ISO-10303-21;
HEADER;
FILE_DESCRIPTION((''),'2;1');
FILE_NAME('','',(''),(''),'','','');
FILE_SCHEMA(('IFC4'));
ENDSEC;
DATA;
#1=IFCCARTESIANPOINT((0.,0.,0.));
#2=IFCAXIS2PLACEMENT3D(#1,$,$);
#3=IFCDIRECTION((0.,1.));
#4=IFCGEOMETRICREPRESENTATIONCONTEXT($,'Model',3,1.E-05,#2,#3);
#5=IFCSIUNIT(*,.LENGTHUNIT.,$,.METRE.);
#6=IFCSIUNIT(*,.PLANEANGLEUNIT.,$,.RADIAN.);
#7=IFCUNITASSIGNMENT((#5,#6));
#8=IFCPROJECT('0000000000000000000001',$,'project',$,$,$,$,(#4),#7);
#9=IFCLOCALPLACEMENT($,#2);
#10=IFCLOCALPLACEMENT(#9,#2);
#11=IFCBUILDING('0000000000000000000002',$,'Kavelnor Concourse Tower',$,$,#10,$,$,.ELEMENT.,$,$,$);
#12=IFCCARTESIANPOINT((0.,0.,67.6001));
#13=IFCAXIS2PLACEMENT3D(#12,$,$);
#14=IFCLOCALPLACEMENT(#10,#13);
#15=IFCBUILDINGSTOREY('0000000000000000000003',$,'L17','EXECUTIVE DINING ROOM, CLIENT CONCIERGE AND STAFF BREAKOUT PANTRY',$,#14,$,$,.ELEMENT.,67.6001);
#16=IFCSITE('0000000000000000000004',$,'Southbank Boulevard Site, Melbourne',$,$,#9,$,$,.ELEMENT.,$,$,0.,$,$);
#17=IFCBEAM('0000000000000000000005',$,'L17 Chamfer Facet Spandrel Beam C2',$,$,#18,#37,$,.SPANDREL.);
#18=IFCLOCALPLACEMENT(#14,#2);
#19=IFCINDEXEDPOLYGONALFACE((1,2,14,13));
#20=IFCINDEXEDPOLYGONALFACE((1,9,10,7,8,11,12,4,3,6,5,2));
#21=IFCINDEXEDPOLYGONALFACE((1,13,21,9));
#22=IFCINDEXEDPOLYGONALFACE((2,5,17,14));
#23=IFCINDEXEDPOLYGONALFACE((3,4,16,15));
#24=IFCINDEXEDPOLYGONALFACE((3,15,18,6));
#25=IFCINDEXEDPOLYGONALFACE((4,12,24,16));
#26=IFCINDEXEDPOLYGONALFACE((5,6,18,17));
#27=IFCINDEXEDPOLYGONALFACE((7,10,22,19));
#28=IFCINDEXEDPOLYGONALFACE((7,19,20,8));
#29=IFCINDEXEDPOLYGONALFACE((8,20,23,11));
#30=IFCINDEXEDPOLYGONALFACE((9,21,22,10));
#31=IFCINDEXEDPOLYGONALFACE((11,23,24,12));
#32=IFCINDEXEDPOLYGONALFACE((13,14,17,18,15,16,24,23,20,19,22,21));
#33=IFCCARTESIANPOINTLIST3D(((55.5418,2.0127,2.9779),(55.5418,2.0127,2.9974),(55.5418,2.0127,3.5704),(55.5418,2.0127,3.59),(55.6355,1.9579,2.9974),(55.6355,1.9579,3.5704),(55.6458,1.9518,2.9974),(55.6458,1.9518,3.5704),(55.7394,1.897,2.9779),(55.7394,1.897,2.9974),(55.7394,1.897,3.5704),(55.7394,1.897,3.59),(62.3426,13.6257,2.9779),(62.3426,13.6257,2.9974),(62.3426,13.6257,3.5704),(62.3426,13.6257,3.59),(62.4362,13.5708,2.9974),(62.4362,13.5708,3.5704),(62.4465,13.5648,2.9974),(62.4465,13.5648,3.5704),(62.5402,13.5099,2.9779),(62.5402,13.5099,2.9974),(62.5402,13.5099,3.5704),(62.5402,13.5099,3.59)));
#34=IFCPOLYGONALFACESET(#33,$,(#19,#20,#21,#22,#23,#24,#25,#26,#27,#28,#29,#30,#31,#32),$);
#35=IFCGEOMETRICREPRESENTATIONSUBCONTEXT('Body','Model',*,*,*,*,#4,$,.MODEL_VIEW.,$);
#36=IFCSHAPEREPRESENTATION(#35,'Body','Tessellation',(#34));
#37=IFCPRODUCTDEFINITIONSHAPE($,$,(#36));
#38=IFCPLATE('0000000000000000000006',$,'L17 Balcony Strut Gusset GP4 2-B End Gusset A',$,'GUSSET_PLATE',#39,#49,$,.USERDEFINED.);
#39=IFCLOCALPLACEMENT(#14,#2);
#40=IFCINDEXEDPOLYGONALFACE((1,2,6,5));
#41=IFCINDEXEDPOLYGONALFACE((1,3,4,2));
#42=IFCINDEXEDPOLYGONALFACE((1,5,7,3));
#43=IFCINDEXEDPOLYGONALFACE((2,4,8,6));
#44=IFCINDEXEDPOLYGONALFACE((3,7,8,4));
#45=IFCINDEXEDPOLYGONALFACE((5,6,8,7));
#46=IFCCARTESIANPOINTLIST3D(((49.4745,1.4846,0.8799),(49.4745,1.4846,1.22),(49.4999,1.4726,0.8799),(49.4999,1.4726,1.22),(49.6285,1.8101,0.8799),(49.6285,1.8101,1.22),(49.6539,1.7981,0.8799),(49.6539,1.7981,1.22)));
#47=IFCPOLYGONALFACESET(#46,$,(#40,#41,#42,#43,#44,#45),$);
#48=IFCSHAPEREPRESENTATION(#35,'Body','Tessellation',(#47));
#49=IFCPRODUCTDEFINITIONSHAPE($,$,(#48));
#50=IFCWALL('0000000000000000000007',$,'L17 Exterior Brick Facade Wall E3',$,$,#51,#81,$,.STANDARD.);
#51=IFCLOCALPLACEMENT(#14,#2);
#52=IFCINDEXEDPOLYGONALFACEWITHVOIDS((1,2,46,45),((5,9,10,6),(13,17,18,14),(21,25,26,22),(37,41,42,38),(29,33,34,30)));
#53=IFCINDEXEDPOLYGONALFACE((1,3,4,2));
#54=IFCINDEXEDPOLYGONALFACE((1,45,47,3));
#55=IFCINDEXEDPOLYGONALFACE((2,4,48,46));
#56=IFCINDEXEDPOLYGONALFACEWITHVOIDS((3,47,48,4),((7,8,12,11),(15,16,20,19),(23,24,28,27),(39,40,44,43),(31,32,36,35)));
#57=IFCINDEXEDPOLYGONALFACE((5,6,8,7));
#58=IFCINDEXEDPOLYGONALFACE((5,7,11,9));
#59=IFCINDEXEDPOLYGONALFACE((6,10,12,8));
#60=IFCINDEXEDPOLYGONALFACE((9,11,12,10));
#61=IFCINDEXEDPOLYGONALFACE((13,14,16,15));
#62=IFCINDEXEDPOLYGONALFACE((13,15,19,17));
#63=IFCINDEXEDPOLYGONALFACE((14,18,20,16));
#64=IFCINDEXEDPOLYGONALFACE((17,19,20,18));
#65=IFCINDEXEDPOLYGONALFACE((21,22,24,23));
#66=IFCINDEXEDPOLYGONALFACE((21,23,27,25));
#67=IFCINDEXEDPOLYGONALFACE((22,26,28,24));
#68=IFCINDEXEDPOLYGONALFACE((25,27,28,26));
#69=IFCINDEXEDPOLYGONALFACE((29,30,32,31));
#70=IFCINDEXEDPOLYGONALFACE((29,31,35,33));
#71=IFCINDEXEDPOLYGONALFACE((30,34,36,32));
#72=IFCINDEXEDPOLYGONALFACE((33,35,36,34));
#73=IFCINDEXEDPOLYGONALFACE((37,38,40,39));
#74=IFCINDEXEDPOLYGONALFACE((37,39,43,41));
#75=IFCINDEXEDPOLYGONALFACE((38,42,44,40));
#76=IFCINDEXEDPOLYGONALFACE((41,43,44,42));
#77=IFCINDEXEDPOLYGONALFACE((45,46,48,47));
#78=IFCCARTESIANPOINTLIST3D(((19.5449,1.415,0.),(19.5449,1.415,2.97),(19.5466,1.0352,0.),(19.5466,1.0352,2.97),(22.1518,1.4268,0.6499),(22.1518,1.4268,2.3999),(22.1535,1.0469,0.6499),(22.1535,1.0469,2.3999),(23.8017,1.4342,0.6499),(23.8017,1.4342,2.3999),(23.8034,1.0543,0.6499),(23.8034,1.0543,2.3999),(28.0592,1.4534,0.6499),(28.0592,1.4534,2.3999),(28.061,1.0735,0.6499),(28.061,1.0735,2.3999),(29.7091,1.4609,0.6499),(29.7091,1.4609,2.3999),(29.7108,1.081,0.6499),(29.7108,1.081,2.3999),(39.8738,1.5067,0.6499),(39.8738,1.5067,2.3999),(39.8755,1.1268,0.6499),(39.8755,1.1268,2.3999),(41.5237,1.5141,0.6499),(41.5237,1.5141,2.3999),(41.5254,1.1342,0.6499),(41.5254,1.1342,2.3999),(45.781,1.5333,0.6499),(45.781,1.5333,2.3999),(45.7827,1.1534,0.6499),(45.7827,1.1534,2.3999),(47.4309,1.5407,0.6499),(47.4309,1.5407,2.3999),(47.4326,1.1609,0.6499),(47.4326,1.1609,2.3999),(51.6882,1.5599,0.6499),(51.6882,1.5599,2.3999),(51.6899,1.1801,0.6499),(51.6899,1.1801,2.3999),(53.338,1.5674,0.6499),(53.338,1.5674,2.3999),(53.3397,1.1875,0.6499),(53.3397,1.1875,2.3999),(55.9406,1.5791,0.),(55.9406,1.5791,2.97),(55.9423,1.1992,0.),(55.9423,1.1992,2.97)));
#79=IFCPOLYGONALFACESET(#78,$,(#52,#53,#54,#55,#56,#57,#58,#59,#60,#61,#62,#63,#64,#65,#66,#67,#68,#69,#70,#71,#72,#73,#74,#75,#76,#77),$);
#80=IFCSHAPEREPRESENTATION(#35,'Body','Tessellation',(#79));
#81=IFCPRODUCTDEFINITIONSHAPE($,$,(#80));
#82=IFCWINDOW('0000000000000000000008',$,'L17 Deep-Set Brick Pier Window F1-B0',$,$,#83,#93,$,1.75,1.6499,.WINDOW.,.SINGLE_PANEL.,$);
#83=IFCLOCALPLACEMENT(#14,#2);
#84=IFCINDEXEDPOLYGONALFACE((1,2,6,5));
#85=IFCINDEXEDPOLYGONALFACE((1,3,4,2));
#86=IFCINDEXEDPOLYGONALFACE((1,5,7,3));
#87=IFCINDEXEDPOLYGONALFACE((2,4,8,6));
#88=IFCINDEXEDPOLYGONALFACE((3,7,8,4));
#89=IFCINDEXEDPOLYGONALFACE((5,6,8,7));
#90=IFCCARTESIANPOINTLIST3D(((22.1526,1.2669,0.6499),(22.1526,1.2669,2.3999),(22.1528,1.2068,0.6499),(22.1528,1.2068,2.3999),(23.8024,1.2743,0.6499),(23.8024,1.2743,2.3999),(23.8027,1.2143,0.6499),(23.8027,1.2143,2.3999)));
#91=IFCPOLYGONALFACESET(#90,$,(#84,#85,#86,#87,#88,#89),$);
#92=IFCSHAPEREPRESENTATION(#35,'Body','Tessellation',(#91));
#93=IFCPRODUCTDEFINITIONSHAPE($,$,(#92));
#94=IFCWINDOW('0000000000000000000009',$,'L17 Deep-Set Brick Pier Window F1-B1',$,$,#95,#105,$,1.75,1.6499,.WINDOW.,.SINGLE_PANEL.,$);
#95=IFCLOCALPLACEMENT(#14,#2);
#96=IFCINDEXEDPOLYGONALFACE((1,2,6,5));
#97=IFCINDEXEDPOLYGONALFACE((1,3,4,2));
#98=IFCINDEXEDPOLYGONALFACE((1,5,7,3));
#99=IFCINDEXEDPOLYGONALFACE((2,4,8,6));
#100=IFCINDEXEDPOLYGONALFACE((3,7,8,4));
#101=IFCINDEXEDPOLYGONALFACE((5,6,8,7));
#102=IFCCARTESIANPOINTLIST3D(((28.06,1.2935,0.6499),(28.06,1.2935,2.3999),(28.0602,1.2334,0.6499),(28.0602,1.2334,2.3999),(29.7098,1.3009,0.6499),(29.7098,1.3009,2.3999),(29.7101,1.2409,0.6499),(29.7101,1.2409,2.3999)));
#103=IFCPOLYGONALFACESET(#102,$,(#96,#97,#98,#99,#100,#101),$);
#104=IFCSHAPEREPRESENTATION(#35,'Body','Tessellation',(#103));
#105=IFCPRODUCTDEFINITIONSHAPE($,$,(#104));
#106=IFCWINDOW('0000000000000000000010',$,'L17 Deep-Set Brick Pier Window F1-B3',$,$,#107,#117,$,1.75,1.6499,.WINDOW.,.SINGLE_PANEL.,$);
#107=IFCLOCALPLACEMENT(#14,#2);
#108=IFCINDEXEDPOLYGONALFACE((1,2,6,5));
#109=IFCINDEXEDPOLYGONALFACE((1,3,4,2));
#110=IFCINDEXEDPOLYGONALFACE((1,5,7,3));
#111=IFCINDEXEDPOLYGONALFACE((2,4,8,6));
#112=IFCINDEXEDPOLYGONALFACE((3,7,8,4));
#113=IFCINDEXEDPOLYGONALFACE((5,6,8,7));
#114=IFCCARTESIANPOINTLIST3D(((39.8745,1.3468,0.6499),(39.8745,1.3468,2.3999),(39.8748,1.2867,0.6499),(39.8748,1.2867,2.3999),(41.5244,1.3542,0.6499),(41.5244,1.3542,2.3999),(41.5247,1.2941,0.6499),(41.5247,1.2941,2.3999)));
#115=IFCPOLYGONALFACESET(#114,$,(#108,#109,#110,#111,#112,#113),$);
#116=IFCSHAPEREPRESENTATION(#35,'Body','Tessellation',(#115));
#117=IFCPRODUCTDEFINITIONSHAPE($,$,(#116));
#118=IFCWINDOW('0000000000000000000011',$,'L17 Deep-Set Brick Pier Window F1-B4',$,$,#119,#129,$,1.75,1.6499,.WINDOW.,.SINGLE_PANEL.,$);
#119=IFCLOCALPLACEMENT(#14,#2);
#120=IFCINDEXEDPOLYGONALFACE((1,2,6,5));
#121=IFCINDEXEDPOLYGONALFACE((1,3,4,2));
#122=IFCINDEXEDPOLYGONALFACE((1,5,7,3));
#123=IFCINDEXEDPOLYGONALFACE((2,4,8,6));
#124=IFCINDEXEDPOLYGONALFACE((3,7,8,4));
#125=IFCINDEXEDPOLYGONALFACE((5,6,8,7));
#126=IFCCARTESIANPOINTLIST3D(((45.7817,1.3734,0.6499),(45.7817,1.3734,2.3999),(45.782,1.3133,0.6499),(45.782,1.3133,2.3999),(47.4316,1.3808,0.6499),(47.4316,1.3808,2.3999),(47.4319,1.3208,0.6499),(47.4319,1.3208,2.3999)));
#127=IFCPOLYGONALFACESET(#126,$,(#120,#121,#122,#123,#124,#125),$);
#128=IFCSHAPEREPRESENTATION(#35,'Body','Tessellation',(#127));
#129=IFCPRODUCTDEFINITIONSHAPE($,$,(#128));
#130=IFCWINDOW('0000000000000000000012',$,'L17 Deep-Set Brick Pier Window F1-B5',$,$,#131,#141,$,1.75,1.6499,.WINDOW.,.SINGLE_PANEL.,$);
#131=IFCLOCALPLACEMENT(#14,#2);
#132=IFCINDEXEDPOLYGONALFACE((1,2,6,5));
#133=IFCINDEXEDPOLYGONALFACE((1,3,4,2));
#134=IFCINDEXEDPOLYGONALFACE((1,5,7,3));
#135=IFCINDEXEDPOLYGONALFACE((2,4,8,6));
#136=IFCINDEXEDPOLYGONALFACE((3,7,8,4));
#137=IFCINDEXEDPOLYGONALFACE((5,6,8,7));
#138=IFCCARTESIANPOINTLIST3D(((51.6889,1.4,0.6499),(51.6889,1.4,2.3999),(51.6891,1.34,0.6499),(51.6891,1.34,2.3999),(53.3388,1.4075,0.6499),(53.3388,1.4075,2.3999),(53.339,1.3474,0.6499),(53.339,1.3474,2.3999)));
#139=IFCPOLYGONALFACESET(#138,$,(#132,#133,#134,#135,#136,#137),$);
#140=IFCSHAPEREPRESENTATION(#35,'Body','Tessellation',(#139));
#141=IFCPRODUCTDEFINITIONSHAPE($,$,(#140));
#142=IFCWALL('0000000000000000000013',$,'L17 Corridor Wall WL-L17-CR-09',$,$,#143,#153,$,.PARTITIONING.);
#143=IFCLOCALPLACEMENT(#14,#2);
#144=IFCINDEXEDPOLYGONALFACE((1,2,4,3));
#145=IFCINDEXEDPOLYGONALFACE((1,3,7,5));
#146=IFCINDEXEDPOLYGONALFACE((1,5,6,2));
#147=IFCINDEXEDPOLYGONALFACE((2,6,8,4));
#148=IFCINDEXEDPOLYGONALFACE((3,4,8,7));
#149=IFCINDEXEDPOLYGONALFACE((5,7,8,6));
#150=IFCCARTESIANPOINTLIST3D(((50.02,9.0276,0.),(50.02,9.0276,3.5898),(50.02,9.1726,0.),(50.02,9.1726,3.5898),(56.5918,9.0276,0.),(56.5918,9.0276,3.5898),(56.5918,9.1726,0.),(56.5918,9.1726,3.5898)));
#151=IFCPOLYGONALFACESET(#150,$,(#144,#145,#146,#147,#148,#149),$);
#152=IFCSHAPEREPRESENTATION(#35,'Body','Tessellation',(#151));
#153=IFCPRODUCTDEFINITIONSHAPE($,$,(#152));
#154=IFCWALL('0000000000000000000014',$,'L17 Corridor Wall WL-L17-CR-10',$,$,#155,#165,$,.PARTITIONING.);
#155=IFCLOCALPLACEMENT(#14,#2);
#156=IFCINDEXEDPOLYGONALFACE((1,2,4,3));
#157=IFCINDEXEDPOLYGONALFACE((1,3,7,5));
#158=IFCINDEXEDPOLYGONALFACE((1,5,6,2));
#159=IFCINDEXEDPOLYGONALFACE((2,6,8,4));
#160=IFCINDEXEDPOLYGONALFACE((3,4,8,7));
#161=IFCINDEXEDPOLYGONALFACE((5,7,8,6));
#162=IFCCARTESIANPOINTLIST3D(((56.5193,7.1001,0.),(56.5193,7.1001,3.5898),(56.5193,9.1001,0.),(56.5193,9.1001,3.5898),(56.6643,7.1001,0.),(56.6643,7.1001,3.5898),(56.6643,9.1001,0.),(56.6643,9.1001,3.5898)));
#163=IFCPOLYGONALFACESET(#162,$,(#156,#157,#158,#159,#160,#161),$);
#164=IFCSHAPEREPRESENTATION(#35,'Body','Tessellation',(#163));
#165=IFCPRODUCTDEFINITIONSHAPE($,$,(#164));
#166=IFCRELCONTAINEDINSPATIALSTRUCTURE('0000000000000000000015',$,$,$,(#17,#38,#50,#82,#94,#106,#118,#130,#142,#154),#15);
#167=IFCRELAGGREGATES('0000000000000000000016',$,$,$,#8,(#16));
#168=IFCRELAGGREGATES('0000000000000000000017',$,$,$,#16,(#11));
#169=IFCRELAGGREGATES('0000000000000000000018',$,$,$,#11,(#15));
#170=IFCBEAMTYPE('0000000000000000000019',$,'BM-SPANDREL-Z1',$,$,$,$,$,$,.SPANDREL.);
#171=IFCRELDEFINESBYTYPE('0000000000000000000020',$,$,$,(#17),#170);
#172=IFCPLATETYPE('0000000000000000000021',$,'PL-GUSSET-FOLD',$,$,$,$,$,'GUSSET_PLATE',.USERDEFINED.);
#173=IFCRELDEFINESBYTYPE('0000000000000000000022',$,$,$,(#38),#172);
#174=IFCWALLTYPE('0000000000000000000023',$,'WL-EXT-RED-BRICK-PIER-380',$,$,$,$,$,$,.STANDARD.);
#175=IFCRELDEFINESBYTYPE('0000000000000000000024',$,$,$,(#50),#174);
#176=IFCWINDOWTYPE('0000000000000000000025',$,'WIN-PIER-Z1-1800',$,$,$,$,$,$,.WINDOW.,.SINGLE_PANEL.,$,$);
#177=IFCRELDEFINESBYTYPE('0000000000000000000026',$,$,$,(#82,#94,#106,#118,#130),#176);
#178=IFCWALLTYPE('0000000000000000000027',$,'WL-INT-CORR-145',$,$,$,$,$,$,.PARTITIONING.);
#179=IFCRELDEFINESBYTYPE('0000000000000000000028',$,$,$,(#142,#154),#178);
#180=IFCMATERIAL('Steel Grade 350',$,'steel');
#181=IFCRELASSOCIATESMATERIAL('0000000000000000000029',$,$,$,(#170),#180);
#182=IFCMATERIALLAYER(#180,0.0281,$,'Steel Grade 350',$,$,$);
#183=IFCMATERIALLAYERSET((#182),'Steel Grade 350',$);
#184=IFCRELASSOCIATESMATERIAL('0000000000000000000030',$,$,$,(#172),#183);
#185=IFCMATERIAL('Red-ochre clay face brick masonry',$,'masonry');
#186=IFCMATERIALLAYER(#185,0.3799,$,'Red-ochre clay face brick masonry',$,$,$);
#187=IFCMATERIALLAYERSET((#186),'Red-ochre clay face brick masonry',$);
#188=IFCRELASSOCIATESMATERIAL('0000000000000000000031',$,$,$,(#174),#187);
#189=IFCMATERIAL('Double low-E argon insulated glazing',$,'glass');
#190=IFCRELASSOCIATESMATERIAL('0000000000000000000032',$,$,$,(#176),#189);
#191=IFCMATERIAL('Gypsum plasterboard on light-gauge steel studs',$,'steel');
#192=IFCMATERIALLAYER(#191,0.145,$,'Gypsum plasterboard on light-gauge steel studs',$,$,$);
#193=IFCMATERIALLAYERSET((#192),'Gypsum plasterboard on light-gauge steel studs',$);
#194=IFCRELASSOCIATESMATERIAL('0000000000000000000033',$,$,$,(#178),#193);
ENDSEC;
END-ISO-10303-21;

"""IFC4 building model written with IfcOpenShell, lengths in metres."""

from ifc_helpers import new_model, si_unit, direction, frame, frame_2d, origin, origin_2d, place, context, subcontext, project, spatial, rectangle, i_section, extrude, material, layer, layer_set, material_profile, profile_set, type_object, element, fill, save


model = new_model("IFC4")

# Units and contexts
model_context = context("Model", 3, precision=1e-05, world=origin(), true_north=direction((0.0, 1.0)))
body_context = subcontext(model_context, "Body", "Model", "MODEL_VIEW")
ifc_project = project(units=[si_unit("LENGTHUNIT", "METRE"), si_unit("PLANEANGLEUNIT", "RADIAN")], contexts=[model_context])

# Site, building, storey
site_placement = place(None, origin())
site = spatial("IfcSite", under=ifc_project, at=site_placement, Name="Southbank Boulevard Site, Melbourne", CompositionType="ELEMENT", RefElevation=0.0)
building_placement = place(site_placement, origin())
building = spatial("IfcBuilding", under=site, at=building_placement, Name="Kavelnor Concourse Tower", CompositionType="ELEMENT")
storey_placement = place(building_placement, frame((0.0, 0.0, 67.6001)))
storey = spatial("IfcBuildingStorey", under=building, at=storey_placement, Name="L17", Description="EXECUTIVE DINING ROOM, CLIENT CONCIERGE AND STAFF BREAKOUT PANTRY", CompositionType="ELEMENT", Elevation=67.6001)

# Shared definitions
ifc_material_1 = material(Name="Steel Grade 350", Category="steel")

# Beam
ifc_material_profile_1 = material_profile(ifc_material_1, i_section(OverallWidth=0.229, OverallDepth=0.6121, WebThickness=0.012, FlangeThickness=0.0195, at=origin_2d()), Name="610UB125")
ifc_profile_set_1 = profile_set([ifc_material_profile_1], Name="Steel Grade 350")
beam_type_1 = type_object("IfcBeamType", Name="BM-SPANDREL-Z1", PredefinedType="SPANDREL", material=ifc_profile_set_1)
beam_1_placement = place(storey_placement, frame((55.6406, 1.9548, 3.2839), z_axis=(0.50534, 0.86292, 0.0), x_axis=(-0.86292, 0.50534, 0.0)))
element("IfcBeam", 1, at=beam_1_placement, inside=storey, type_object=beam_type_1, Name="L17 Chamfer Facet Spandrel Beam C2", PredefinedType="SPANDREL", context=body_context, shape_type="SweptSolid", body=[
    extrude(i_section(OverallWidth=0.229, OverallDepth=0.6121, WebThickness=0.012, FlangeThickness=0.0195, at=origin_2d()), origin(), (0.0, 0.0, 1.0), 13.4578),
])

# Plate
ifc_layer_1 = layer(ifc_material_1, 0.0281, Name="Steel Grade 350")
ifc_layer_set_1 = layer_set([ifc_layer_1], Name="Steel Grade 350")
plate_type = type_object("IfcPlateType", Name="PL-GUSSET-FOLD", ElementType="GUSSET_PLATE", PredefinedType="USERDEFINED", material=ifc_layer_set_1)
plate_placement = place(storey_placement, frame((49.5642, 1.6414, 0.8799), z_axis=(0.0, 0.0, 1.0), x_axis=(-0.427516, -0.904008, 0.0)))
element("IfcPlate", 2, at=plate_placement, inside=storey, type_object=plate_type, Name="L17 Balcony Strut Gusset GP4 2-B End Gusset A", ObjectType="GUSSET_PLATE", PredefinedType="USERDEFINED", context=body_context, shape_type="SweptSolid", body=[
    extrude(rectangle(XDim=0.3601, YDim=0.0281, at=origin_2d()), origin(), (0.0, 0.0, 1.0), 0.3401),
])

# Wall, openings, windows
ifc_material_2 = material(Name="Red-ochre clay face brick masonry", Category="masonry")
ifc_layer_2 = layer(ifc_material_2, 0.3799, Name="Red-ochre clay face brick masonry")
ifc_layer_set_2 = layer_set([ifc_layer_2], Name="Red-ochre clay face brick masonry")
wall_type_1 = type_object("IfcWallType", Name="WL-EXT-RED-BRICK-PIER-380", PredefinedType="STANDARD", material=ifc_layer_set_2)
wall_1_placement = place(storey_placement, frame((55.9414, 1.3892, 0.0), z_axis=(0.0, 0.0, 1.0), x_axis=(-0.99999, -0.004508, 0.0)))
wall_1 = element("IfcWall", 3, at=wall_1_placement, inside=storey, type_object=wall_type_1, Name="L17 Exterior Brick Facade Wall E3", PredefinedType="STANDARD", context=body_context, shape_type="SweptSolid", body=[
    extrude(rectangle(XDim=36.396, YDim=0.3799, at=frame_2d((18.198, 0.0))), origin(), (0.0, 0.0, 1.0), 2.97),
])
opening_1_placement = place(wall_1_placement, frame((32.1392, 0.0, 0.6499)))
opening_1 = element("IfcOpeningElement", 4, at=opening_1_placement, cuts=wall_1, PredefinedType="OPENING", context=body_context, shape_type="SweptSolid", body=[
    extrude(rectangle(XDim=1.6499, YDim=1.75, at=frame_2d((0.825, 0.875))), frame((0.0, 0.2, 0.0), z_axis=(0.0, -1.0, 0.0), x_axis=(1.0, 0.0, 0.0)), (0.0, 0.0, 1.0), 0.3999),
])
opening_2_placement = place(wall_1_placement, frame((26.2317, 0.0, 0.6499)))
opening_2 = element("IfcOpeningElement", 5, at=opening_2_placement, cuts=wall_1, PredefinedType="OPENING", context=body_context, shape_type="SweptSolid", body=[
    extrude(rectangle(XDim=1.6499, YDim=1.75, at=frame_2d((0.825, 0.875))), frame((0.0, 0.2, 0.0), z_axis=(0.0, -1.0, 0.0), x_axis=(1.0, 0.0, 0.0)), (0.0, 0.0, 1.0), 0.3999),
])
opening_3_placement = place(wall_1_placement, frame((14.417, 0.0, 0.6499)))
opening_3 = element("IfcOpeningElement", 6, at=opening_3_placement, cuts=wall_1, PredefinedType="OPENING", context=body_context, shape_type="SweptSolid", body=[
    extrude(rectangle(XDim=1.6499, YDim=1.75, at=frame_2d((0.825, 0.875))), frame((0.0, 0.2, 0.0), z_axis=(0.0, -1.0, 0.0), x_axis=(1.0, 0.0, 0.0)), (0.0, 0.0, 1.0), 0.3999),
])
opening_4_placement = place(wall_1_placement, frame((8.5098, 0.0, 0.6499)))
opening_4 = element("IfcOpeningElement", 7, at=opening_4_placement, cuts=wall_1, PredefinedType="OPENING", context=body_context, shape_type="SweptSolid", body=[
    extrude(rectangle(XDim=1.6499, YDim=1.75, at=frame_2d((0.825, 0.875))), frame((0.0, 0.2, 0.0), z_axis=(0.0, -1.0, 0.0), x_axis=(1.0, 0.0, 0.0)), (0.0, 0.0, 1.0), 0.3999),
])
opening_5_placement = place(wall_1_placement, frame((2.6025, 0.0, 0.6499)))
opening_5 = element("IfcOpeningElement", 8, at=opening_5_placement, cuts=wall_1, PredefinedType="OPENING", context=body_context, shape_type="SweptSolid", body=[
    extrude(rectangle(XDim=1.6499, YDim=1.75, at=frame_2d((0.825, 0.875))), frame((0.0, 0.2, 0.0), z_axis=(0.0, -1.0, 0.0), x_axis=(1.0, 0.0, 0.0)), (0.0, 0.0, 1.0), 0.3999),
])
ifc_material_3 = material(Name="Double low-E argon insulated glazing", Category="glass")
window_type = type_object("IfcWindowType", Name="WIN-PIER-Z1-1800", PartitioningType="SINGLE_PANEL", PredefinedType="WINDOW", material=ifc_material_3)
window_1_placement = place(opening_1_placement, origin())
window_1 = element("IfcWindow", 9, at=window_1_placement, inside=storey, type_object=window_type, Name="L17 Deep-Set Brick Pier Window F1-B0", OverallHeight=1.75, OverallWidth=1.6499, PartitioningType="SINGLE_PANEL", PredefinedType="WINDOW", context=body_context, shape_type="SweptSolid", body=[
    extrude(rectangle(XDim=1.6499, YDim=1.75, at=frame_2d((0.825, 0.875))), frame((0.0, 0.03, 0.0), z_axis=(0.0, -1.0, 0.0), x_axis=(1.0, 0.0, 0.0)), (0.0, 0.0, 1.0), 0.0601),
])
fill(opening_1, window_1)
window_2_placement = place(opening_2_placement, origin())
window_2 = element("IfcWindow", 10, at=window_2_placement, inside=storey, type_object=window_type, Name="L17 Deep-Set Brick Pier Window F1-B1", OverallHeight=1.75, OverallWidth=1.6499, PartitioningType="SINGLE_PANEL", PredefinedType="WINDOW", context=body_context, shape_type="SweptSolid", body=[
    extrude(rectangle(XDim=1.6499, YDim=1.75, at=frame_2d((0.825, 0.875))), frame((0.0, 0.03, 0.0), z_axis=(0.0, -1.0, 0.0), x_axis=(1.0, 0.0, 0.0)), (0.0, 0.0, 1.0), 0.0601),
])
fill(opening_2, window_2)
window_3_placement = place(opening_3_placement, origin())
window_3 = element("IfcWindow", 11, at=window_3_placement, inside=storey, type_object=window_type, Name="L17 Deep-Set Brick Pier Window F1-B3", OverallHeight=1.75, OverallWidth=1.6499, PartitioningType="SINGLE_PANEL", PredefinedType="WINDOW", context=body_context, shape_type="SweptSolid", body=[
    extrude(rectangle(XDim=1.6499, YDim=1.75, at=frame_2d((0.825, 0.875))), frame((0.0, 0.03, 0.0), z_axis=(0.0, -1.0, 0.0), x_axis=(1.0, 0.0, 0.0)), (0.0, 0.0, 1.0), 0.0601),
])
fill(opening_3, window_3)
window_4_placement = place(opening_4_placement, origin())
window_4 = element("IfcWindow", 12, at=window_4_placement, inside=storey, type_object=window_type, Name="L17 Deep-Set Brick Pier Window F1-B4", OverallHeight=1.75, OverallWidth=1.6499, PartitioningType="SINGLE_PANEL", PredefinedType="WINDOW", context=body_context, shape_type="SweptSolid", body=[
    extrude(rectangle(XDim=1.6499, YDim=1.75, at=frame_2d((0.825, 0.875))), frame((0.0, 0.03, 0.0), z_axis=(0.0, -1.0, 0.0), x_axis=(1.0, 0.0, 0.0)), (0.0, 0.0, 1.0), 0.0601),
])
fill(opening_4, window_4)
window_5_placement = place(opening_5_placement, origin())
window_5 = element("IfcWindow", 13, at=window_5_placement, inside=storey, type_object=window_type, Name="L17 Deep-Set Brick Pier Window F1-B5", OverallHeight=1.75, OverallWidth=1.6499, PartitioningType="SINGLE_PANEL", PredefinedType="WINDOW", context=body_context, shape_type="SweptSolid", body=[
    extrude(rectangle(XDim=1.6499, YDim=1.75, at=frame_2d((0.825, 0.875))), frame((0.0, 0.03, 0.0), z_axis=(0.0, -1.0, 0.0), x_axis=(1.0, 0.0, 0.0)), (0.0, 0.0, 1.0), 0.0601),
])
fill(opening_5, window_5)

# Walls
ifc_material_4 = material(Name="Gypsum plasterboard on light-gauge steel studs", Category="steel")
ifc_layer_3 = layer(ifc_material_4, 0.145, Name="Gypsum plasterboard on light-gauge steel studs")
ifc_layer_set_3 = layer_set([ifc_layer_3], Name="Gypsum plasterboard on light-gauge steel studs")
wall_type_2 = type_object("IfcWallType", Name="WL-INT-CORR-145", PredefinedType="PARTITIONING", material=ifc_layer_set_3)
wall_2_placement = place(storey_placement, frame((50.02, 9.1001, 0.0), z_axis=(0.0, 0.0, 1.0), x_axis=(1.0, 0.0, 0.0)))
element("IfcWall", 14, at=wall_2_placement, inside=storey, type_object=wall_type_2, Name="L17 Corridor Wall WL-L17-CR-09", PredefinedType="PARTITIONING", context=body_context, shape_type="SweptSolid", body=[
    extrude(rectangle(XDim=6.5718, YDim=0.145, at=frame_2d((3.2859, 0.0))), origin(), (0.0, 0.0, 1.0), 3.5898),
])
wall_3_placement = place(storey_placement, frame((56.5918, 9.1001, 0.0), z_axis=(0.0, 0.0, 1.0), x_axis=(0.0, -1.0, 0.0)))
element("IfcWall", 15, at=wall_3_placement, inside=storey, type_object=wall_type_2, Name="L17 Corridor Wall WL-L17-CR-10", PredefinedType="PARTITIONING", context=body_context, shape_type="SweptSolid", body=[
    extrude(rectangle(XDim=2.0, YDim=0.145, at=frame_2d((1.0, 0.0))), origin(), (0.0, 0.0, 1.0), 3.5898),
])

save(model, "model.ifc")
